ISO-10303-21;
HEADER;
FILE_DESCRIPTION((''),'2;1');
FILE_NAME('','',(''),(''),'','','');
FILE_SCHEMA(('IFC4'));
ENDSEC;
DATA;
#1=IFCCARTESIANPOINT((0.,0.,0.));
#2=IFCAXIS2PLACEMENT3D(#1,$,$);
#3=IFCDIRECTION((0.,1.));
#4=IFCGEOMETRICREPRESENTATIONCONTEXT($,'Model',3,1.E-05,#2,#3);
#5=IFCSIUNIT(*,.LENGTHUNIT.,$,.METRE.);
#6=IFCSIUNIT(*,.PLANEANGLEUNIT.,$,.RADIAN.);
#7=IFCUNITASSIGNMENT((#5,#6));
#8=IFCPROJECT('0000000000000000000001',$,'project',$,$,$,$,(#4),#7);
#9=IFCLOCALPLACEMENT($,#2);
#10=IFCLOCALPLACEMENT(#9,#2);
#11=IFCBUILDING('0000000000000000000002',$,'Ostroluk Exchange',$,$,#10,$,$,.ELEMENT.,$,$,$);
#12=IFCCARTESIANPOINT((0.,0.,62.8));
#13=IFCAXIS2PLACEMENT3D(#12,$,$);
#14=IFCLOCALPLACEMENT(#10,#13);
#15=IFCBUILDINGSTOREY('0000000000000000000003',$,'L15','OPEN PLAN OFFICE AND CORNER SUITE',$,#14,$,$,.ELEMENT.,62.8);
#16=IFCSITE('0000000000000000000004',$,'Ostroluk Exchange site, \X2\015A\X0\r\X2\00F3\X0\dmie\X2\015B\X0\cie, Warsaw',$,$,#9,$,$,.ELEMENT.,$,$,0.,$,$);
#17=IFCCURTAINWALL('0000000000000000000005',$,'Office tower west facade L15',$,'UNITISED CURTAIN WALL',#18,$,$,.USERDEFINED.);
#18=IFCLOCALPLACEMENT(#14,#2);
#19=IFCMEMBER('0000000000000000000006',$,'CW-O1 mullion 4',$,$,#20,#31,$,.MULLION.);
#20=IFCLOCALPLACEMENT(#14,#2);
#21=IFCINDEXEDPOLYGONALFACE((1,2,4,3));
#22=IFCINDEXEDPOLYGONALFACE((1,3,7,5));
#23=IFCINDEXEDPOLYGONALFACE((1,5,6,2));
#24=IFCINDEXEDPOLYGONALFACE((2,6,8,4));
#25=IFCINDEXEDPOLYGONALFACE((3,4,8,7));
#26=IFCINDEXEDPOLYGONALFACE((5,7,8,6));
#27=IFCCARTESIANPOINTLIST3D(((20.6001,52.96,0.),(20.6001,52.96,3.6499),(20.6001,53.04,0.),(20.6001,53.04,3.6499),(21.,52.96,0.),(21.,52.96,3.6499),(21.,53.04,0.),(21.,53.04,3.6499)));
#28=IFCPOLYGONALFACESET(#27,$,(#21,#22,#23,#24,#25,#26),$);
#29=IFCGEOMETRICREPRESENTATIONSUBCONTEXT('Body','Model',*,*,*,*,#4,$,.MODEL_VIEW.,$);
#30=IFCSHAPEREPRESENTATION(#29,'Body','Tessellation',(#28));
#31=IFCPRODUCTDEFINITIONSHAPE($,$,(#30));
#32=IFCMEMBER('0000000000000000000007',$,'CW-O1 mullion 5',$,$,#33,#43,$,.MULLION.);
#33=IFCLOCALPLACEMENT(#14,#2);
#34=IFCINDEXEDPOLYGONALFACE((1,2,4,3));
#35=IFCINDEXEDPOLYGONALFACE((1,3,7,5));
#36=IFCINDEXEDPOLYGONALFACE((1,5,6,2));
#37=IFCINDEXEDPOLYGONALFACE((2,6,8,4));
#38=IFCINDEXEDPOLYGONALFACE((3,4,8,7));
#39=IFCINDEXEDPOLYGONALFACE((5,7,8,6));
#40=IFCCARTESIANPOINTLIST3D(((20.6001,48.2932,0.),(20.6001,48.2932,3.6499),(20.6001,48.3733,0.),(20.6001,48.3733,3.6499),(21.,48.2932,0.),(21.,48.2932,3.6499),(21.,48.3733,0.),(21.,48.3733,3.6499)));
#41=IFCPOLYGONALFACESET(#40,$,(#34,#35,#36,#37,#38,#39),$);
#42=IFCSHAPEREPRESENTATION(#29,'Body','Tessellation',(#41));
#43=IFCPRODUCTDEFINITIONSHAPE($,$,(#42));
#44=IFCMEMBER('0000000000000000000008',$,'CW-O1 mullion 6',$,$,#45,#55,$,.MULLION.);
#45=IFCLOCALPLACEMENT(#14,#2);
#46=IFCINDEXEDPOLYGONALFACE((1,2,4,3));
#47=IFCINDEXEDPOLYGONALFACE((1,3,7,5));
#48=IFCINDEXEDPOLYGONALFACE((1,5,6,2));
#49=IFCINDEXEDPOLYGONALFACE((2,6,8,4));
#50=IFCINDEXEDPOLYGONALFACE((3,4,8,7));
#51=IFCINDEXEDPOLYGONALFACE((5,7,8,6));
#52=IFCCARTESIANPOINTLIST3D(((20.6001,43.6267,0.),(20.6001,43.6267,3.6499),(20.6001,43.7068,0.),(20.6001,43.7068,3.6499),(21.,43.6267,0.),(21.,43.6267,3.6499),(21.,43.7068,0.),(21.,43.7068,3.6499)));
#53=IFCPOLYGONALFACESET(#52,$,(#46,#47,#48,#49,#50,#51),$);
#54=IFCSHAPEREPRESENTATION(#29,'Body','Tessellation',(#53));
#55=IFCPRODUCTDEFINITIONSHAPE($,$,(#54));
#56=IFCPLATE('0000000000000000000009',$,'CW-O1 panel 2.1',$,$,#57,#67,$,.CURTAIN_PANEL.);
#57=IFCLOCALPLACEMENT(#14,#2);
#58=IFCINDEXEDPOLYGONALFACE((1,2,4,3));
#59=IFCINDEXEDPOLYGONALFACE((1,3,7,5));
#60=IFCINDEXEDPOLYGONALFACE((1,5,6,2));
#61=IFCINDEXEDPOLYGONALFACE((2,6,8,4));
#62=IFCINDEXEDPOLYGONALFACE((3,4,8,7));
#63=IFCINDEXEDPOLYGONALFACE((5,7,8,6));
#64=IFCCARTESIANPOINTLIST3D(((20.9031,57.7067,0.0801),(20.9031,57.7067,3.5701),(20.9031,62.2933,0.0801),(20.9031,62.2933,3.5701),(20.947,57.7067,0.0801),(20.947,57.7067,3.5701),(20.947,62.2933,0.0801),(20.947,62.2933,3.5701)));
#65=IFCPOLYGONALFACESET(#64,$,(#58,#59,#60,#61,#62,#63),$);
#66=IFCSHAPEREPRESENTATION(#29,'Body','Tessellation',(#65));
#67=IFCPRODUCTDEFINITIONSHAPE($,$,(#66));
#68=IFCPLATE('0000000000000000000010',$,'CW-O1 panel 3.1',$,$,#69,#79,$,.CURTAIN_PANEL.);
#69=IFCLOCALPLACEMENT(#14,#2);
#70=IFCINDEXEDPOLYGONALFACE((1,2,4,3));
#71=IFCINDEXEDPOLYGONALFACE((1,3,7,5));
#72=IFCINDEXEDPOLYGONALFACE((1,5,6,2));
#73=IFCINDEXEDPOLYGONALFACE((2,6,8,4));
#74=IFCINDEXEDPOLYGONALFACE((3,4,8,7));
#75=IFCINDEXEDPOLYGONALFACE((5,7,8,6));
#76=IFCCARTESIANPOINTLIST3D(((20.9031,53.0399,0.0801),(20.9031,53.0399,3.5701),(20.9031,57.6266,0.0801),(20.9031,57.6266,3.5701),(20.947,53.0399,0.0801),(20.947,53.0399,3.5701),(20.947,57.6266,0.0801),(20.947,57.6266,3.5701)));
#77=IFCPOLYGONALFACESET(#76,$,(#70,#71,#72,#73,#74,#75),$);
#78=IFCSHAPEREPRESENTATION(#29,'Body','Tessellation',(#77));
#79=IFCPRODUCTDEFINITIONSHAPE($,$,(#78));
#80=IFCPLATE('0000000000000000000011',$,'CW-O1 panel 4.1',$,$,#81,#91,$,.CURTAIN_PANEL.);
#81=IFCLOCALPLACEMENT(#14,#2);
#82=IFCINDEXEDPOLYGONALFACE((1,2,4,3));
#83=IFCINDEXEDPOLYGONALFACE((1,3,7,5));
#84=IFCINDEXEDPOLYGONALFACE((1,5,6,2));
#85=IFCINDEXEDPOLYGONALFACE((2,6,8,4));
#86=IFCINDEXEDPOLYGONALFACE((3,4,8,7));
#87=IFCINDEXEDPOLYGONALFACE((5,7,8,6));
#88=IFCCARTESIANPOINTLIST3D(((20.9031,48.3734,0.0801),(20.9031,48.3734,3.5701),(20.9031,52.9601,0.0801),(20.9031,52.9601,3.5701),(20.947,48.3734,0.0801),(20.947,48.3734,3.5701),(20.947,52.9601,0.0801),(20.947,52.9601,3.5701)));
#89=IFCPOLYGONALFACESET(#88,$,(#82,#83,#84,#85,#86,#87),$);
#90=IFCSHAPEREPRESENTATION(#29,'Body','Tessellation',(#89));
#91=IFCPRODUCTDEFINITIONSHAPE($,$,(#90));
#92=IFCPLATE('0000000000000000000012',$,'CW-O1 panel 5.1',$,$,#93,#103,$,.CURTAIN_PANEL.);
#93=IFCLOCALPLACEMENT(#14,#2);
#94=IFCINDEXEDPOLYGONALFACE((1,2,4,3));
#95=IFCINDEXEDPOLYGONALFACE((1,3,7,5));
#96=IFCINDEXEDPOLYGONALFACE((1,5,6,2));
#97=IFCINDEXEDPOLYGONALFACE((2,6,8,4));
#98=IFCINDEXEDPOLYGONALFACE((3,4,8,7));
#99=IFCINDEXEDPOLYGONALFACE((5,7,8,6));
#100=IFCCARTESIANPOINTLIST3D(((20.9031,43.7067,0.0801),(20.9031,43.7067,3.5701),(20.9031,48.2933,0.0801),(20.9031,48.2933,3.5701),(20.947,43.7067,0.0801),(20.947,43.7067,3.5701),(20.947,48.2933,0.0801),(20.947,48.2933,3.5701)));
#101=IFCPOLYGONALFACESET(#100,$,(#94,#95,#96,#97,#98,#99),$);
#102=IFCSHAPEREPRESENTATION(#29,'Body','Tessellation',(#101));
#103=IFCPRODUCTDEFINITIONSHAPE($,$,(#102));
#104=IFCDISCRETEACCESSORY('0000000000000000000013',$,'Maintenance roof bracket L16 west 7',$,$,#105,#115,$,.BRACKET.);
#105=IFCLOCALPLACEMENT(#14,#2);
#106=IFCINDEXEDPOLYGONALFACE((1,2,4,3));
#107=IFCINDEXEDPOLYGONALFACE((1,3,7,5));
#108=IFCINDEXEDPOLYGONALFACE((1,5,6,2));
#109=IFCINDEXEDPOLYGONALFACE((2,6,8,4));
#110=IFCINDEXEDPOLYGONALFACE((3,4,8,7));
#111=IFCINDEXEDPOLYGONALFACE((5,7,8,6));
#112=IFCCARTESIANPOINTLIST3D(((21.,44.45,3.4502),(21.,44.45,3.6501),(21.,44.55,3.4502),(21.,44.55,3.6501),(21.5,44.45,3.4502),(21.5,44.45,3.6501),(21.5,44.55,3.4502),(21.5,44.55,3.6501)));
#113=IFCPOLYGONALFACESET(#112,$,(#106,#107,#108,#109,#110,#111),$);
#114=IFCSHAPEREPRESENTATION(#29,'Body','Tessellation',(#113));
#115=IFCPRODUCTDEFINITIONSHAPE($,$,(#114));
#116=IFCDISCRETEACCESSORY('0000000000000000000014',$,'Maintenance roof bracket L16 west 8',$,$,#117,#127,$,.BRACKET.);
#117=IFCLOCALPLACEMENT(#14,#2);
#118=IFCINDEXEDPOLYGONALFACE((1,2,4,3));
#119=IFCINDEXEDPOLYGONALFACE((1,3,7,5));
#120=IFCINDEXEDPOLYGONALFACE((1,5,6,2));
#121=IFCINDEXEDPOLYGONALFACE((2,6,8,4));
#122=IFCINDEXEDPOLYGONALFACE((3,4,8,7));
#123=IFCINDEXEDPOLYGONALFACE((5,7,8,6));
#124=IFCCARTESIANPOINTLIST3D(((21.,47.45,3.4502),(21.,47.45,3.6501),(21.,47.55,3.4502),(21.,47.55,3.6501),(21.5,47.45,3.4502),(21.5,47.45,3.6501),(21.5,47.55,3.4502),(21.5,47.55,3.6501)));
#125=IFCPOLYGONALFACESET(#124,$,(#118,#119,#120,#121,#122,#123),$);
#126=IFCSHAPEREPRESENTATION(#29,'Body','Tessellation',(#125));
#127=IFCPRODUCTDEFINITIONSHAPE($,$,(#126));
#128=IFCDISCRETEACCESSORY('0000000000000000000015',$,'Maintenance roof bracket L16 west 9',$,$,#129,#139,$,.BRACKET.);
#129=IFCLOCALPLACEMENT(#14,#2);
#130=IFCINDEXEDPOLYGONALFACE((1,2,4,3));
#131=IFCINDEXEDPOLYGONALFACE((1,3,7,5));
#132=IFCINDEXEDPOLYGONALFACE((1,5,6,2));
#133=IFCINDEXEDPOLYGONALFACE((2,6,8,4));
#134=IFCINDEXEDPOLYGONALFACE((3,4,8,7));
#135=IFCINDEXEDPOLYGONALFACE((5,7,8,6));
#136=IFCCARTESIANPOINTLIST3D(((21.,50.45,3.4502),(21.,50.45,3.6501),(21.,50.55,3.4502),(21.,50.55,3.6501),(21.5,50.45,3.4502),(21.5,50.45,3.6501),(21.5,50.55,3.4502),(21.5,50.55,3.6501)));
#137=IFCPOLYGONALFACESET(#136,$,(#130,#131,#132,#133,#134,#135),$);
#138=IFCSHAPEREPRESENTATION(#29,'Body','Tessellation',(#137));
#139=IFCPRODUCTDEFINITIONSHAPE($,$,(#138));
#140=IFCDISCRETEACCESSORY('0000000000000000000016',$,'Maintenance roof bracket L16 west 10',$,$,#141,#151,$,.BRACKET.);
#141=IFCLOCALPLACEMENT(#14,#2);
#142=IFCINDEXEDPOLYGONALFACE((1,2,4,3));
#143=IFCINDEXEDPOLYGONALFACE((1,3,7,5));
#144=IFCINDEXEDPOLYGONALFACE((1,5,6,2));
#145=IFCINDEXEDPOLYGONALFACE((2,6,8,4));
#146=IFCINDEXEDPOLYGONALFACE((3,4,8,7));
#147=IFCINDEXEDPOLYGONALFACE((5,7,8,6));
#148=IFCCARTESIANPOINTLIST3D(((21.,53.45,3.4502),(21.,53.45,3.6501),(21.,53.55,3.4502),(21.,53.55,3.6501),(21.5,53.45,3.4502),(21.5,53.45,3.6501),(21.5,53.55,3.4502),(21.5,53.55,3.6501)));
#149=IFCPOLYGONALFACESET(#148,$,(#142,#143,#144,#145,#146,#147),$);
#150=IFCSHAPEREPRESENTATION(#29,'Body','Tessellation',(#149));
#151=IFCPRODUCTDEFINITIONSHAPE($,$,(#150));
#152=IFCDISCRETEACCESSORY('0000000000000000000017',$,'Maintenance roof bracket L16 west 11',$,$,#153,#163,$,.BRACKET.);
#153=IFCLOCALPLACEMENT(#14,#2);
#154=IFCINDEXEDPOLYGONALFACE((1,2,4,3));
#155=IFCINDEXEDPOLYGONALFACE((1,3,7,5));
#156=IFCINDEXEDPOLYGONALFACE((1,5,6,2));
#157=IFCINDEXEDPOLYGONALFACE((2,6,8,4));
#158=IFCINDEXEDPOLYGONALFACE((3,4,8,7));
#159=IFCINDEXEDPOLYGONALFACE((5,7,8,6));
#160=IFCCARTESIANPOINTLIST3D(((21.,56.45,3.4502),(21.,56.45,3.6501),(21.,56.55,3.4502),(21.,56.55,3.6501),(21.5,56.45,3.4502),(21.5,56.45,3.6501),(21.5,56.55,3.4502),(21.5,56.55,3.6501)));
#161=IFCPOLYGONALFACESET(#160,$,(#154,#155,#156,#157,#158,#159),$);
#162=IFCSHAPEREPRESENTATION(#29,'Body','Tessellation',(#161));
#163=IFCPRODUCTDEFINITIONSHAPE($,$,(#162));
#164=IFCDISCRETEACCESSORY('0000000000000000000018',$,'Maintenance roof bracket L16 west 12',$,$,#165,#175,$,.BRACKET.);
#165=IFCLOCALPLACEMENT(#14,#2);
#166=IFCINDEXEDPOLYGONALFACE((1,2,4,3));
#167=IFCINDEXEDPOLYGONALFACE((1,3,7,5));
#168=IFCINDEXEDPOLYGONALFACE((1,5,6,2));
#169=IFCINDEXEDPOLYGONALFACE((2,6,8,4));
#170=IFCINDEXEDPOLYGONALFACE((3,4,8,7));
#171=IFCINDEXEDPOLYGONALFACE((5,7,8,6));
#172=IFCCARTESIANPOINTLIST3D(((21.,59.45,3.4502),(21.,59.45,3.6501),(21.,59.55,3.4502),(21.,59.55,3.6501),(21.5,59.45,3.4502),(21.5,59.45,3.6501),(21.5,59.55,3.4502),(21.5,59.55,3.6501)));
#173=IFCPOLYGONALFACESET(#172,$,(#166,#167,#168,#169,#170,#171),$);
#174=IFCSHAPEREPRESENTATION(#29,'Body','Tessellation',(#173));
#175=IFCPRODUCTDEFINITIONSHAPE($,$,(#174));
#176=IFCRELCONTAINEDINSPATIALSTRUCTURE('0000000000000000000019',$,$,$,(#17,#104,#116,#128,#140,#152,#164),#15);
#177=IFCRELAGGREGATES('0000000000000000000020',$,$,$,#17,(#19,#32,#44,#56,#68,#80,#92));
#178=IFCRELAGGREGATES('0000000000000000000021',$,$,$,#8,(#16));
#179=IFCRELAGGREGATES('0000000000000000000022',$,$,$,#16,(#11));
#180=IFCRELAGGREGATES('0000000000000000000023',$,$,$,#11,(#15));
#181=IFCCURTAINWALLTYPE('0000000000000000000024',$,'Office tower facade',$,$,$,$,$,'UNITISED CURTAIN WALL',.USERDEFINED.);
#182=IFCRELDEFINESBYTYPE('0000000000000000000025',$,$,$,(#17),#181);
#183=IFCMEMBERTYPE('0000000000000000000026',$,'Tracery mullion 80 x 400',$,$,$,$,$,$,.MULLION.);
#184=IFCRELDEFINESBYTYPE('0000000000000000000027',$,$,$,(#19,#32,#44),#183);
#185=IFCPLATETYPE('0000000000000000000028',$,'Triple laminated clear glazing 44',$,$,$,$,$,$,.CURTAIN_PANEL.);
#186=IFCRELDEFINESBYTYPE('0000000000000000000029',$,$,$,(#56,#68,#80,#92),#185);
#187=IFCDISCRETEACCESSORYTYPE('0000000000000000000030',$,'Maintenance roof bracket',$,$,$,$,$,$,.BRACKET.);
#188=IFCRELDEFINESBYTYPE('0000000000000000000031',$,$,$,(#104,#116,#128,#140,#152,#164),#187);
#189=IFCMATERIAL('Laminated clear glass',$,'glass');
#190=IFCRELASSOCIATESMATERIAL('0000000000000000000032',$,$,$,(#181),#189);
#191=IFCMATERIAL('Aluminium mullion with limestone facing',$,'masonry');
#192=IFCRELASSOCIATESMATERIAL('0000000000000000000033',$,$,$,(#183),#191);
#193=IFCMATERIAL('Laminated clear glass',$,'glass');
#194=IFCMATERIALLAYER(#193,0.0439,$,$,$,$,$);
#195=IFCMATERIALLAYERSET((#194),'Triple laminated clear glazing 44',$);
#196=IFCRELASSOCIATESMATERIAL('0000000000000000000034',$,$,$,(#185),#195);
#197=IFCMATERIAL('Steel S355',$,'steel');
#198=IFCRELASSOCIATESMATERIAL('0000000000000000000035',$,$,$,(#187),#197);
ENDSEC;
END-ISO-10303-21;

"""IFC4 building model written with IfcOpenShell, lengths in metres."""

from ifc_helpers import new_model, si_unit, direction, frame, origin, origin_2d, place, context, subcontext, project, spatial, rectangle, extrude, material, layer, layer_set, material_profile, profile_set, type_object, element, aggregate, save


model = new_model("IFC4")

# Units and contexts
model_context = context("Model", 3, precision=1e-05, world=origin(), true_north=direction((0.0, 1.0)))
body_context = subcontext(model_context, "Body", "Model", "MODEL_VIEW")
ifc_project = project(units=[si_unit("LENGTHUNIT", "METRE"), si_unit("PLANEANGLEUNIT", "RADIAN")], contexts=[model_context])

# Site, building, storey
site_placement = place(None, origin())
site = spatial("IfcSite", under=ifc_project, at=site_placement, Name="Ostroluk Exchange site, Śródmieście, Warsaw", CompositionType="ELEMENT", RefElevation=0.0)
building_placement = place(site_placement, origin())
building = spatial("IfcBuilding", under=site, at=building_placement, Name="Ostroluk Exchange", CompositionType="ELEMENT")
storey_placement = place(building_placement, frame((0.0, 0.0, 62.8)))
storey = spatial("IfcBuildingStorey", under=building, at=storey_placement, Name="L15", Description="OPEN PLAN OFFICE AND CORNER SUITE", CompositionType="ELEMENT", Elevation=62.8)

# Curtain wall, members, plates
ifc_material_1 = material(Name="Laminated clear glass", Category="glass")
curtain_wall_type = type_object("IfcCurtainWallType", Name="Office tower facade", ElementType="UNITISED CURTAIN WALL", PredefinedType="USERDEFINED", material=ifc_material_1)
curtain_wall_placement = place(storey_placement, origin())
curtain_wall = element("IfcCurtainWall", 1, at=curtain_wall_placement, inside=storey, type_object=curtain_wall_type, Name="Office tower west facade L15", ObjectType="UNITISED CURTAIN WALL", PredefinedType="USERDEFINED")
ifc_material_2 = material(Name="Aluminium mullion with limestone facing", Category="masonry")
ifc_material_profile_1 = material_profile(ifc_material_2, rectangle(XDim=0.3999, YDim=0.0801, at=origin_2d()), Name="Tracery mullion 80 x 400")
ifc_profile_set_1 = profile_set([ifc_material_profile_1], Name="Aluminium mullion with limestone facing")
member_type_1 = type_object("IfcMemberType", Name="Tracery mullion 80 x 400", PredefinedType="MULLION", material=ifc_profile_set_1)
member_1_placement = place(storey_placement, frame((20.8, 53.0, 0.0), z_axis=(0.0, 0.0, 1.0), x_axis=(1.0, 0.0, 0.0)))
member_1 = element("IfcMember", 2, at=member_1_placement, type_object=member_type_1, Name="CW-O1 mullion 4", PredefinedType="MULLION", context=body_context, shape_type="SweptSolid", body=[
    extrude(rectangle(XDim=0.3999, YDim=0.0801, at=origin_2d()), origin(), (0.0, 0.0, 1.0), 3.6499),
])
member_2_placement = place(storey_placement, frame((20.8, 48.3333, 0.0), z_axis=(0.0, 0.0, 1.0), x_axis=(1.0, 0.0, 0.0)))
member_2 = element("IfcMember", 3, at=member_2_placement, type_object=member_type_1, Name="CW-O1 mullion 5", PredefinedType="MULLION", context=body_context, shape_type="SweptSolid", body=[
    extrude(rectangle(XDim=0.3999, YDim=0.0801, at=origin_2d()), origin(), (0.0, 0.0, 1.0), 3.6499),
])
member_3_placement = place(storey_placement, frame((20.8, 43.6667, 0.0), z_axis=(0.0, 0.0, 1.0), x_axis=(1.0, 0.0, 0.0)))
member_3 = element("IfcMember", 4, at=member_3_placement, type_object=member_type_1, Name="CW-O1 mullion 6", PredefinedType="MULLION", context=body_context, shape_type="SweptSolid", body=[
    extrude(rectangle(XDim=0.3999, YDim=0.0801, at=origin_2d()), origin(), (0.0, 0.0, 1.0), 3.6499),
])
ifc_material_3 = material(Name="Laminated clear glass", Category="glass")
ifc_layer = layer(ifc_material_3, 0.0439)
ifc_layer_set = layer_set([ifc_layer], Name="Triple laminated clear glazing 44")
plate_type = type_object("IfcPlateType", Name="Triple laminated clear glazing 44", PredefinedType="CURTAIN_PANEL", material=ifc_layer_set)
plate_1_placement = place(storey_placement, frame((20.925, 60.0, 0.0801), z_axis=(0.0, 0.0, 1.0), x_axis=(0.0, -1.0, 0.0)))
plate_1 = element("IfcPlate", 5, at=plate_1_placement, type_object=plate_type, Name="CW-O1 panel 2.1", PredefinedType="CURTAIN_PANEL", context=body_context, shape_type="SweptSolid", body=[
    extrude(rectangle(XDim=4.5867, YDim=0.0439, at=origin_2d()), origin(), (0.0, 0.0, 1.0), 3.49),
])
plate_2_placement = place(storey_placement, frame((20.925, 55.3333, 0.0801), z_axis=(0.0, 0.0, 1.0), x_axis=(0.0, -1.0, 0.0)))
plate_2 = element("IfcPlate", 6, at=plate_2_placement, type_object=plate_type, Name="CW-O1 panel 3.1", PredefinedType="CURTAIN_PANEL", context=body_context, shape_type="SweptSolid", body=[
    extrude(rectangle(XDim=4.5867, YDim=0.0439, at=origin_2d()), origin(), (0.0, 0.0, 1.0), 3.49),
])
plate_3_placement = place(storey_placement, frame((20.925, 50.6667, 0.0801), z_axis=(0.0, 0.0, 1.0), x_axis=(0.0, -1.0, 0.0)))
plate_3 = element("IfcPlate", 7, at=plate_3_placement, type_object=plate_type, Name="CW-O1 panel 4.1", PredefinedType="CURTAIN_PANEL", context=body_context, shape_type="SweptSolid", body=[
    extrude(rectangle(XDim=4.5867, YDim=0.0439, at=origin_2d()), origin(), (0.0, 0.0, 1.0), 3.49),
])
plate_4_placement = place(storey_placement, frame((20.925, 46.0, 0.0801), z_axis=(0.0, 0.0, 1.0), x_axis=(0.0, -1.0, 0.0)))
plate_4 = element("IfcPlate", 8, at=plate_4_placement, type_object=plate_type, Name="CW-O1 panel 5.1", PredefinedType="CURTAIN_PANEL", context=body_context, shape_type="SweptSolid", body=[
    extrude(rectangle(XDim=4.5867, YDim=0.0439, at=origin_2d()), origin(), (0.0, 0.0, 1.0), 3.49),
])
aggregate(curtain_wall, [member_1, member_2, member_3, plate_1, plate_2, plate_3, plate_4])

# Discrete accessories
ifc_material_4 = material(Name="Steel S355", Category="steel")
discrete_accessory_type = type_object("IfcDiscreteAccessoryType", Name="Maintenance roof bracket", PredefinedType="BRACKET", material=ifc_material_4)
for number, where, z_axis, x_axis, name in (
    (9, (21.25, 44.5, 3.4502), (0.0, 0.0, 1.0), (1.0, 0.0, 0.0), "Maintenance roof bracket L16 west 7"),
    (10, (21.25, 47.5, 3.4502), (0.0, 0.0, 1.0), (1.0, 0.0, 0.0), "Maintenance roof bracket L16 west 8"),
    (11, (21.25, 50.5, 3.4502), (0.0, 0.0, 1.0), (1.0, 0.0, 0.0), "Maintenance roof bracket L16 west 9"),
    (12, (21.25, 53.5, 3.4502), (0.0, 0.0, 1.0), (1.0, 0.0, 0.0), "Maintenance roof bracket L16 west 10"),
    (13, (21.25, 56.5, 3.4502), (0.0, 0.0, 1.0), (1.0, 0.0, 0.0), "Maintenance roof bracket L16 west 11"),
    (14, (21.25, 59.5, 3.4502), (0.0, 0.0, 1.0), (1.0, 0.0, 0.0), "Maintenance roof bracket L16 west 12"),
):
    element("IfcDiscreteAccessory", number, at=place(storey_placement, frame(where, z_axis=z_axis, x_axis=x_axis)), inside=storey, type_object=discrete_accessory_type, Name=name, PredefinedType="BRACKET", context=body_context, shape_type="SweptSolid", body=[
        extrude(rectangle(XDim=0.5, YDim=0.1001, at=origin_2d()), origin(), (0.0, 0.0, 1.0), 0.2),
    ])

save(model, "model.ifc")
